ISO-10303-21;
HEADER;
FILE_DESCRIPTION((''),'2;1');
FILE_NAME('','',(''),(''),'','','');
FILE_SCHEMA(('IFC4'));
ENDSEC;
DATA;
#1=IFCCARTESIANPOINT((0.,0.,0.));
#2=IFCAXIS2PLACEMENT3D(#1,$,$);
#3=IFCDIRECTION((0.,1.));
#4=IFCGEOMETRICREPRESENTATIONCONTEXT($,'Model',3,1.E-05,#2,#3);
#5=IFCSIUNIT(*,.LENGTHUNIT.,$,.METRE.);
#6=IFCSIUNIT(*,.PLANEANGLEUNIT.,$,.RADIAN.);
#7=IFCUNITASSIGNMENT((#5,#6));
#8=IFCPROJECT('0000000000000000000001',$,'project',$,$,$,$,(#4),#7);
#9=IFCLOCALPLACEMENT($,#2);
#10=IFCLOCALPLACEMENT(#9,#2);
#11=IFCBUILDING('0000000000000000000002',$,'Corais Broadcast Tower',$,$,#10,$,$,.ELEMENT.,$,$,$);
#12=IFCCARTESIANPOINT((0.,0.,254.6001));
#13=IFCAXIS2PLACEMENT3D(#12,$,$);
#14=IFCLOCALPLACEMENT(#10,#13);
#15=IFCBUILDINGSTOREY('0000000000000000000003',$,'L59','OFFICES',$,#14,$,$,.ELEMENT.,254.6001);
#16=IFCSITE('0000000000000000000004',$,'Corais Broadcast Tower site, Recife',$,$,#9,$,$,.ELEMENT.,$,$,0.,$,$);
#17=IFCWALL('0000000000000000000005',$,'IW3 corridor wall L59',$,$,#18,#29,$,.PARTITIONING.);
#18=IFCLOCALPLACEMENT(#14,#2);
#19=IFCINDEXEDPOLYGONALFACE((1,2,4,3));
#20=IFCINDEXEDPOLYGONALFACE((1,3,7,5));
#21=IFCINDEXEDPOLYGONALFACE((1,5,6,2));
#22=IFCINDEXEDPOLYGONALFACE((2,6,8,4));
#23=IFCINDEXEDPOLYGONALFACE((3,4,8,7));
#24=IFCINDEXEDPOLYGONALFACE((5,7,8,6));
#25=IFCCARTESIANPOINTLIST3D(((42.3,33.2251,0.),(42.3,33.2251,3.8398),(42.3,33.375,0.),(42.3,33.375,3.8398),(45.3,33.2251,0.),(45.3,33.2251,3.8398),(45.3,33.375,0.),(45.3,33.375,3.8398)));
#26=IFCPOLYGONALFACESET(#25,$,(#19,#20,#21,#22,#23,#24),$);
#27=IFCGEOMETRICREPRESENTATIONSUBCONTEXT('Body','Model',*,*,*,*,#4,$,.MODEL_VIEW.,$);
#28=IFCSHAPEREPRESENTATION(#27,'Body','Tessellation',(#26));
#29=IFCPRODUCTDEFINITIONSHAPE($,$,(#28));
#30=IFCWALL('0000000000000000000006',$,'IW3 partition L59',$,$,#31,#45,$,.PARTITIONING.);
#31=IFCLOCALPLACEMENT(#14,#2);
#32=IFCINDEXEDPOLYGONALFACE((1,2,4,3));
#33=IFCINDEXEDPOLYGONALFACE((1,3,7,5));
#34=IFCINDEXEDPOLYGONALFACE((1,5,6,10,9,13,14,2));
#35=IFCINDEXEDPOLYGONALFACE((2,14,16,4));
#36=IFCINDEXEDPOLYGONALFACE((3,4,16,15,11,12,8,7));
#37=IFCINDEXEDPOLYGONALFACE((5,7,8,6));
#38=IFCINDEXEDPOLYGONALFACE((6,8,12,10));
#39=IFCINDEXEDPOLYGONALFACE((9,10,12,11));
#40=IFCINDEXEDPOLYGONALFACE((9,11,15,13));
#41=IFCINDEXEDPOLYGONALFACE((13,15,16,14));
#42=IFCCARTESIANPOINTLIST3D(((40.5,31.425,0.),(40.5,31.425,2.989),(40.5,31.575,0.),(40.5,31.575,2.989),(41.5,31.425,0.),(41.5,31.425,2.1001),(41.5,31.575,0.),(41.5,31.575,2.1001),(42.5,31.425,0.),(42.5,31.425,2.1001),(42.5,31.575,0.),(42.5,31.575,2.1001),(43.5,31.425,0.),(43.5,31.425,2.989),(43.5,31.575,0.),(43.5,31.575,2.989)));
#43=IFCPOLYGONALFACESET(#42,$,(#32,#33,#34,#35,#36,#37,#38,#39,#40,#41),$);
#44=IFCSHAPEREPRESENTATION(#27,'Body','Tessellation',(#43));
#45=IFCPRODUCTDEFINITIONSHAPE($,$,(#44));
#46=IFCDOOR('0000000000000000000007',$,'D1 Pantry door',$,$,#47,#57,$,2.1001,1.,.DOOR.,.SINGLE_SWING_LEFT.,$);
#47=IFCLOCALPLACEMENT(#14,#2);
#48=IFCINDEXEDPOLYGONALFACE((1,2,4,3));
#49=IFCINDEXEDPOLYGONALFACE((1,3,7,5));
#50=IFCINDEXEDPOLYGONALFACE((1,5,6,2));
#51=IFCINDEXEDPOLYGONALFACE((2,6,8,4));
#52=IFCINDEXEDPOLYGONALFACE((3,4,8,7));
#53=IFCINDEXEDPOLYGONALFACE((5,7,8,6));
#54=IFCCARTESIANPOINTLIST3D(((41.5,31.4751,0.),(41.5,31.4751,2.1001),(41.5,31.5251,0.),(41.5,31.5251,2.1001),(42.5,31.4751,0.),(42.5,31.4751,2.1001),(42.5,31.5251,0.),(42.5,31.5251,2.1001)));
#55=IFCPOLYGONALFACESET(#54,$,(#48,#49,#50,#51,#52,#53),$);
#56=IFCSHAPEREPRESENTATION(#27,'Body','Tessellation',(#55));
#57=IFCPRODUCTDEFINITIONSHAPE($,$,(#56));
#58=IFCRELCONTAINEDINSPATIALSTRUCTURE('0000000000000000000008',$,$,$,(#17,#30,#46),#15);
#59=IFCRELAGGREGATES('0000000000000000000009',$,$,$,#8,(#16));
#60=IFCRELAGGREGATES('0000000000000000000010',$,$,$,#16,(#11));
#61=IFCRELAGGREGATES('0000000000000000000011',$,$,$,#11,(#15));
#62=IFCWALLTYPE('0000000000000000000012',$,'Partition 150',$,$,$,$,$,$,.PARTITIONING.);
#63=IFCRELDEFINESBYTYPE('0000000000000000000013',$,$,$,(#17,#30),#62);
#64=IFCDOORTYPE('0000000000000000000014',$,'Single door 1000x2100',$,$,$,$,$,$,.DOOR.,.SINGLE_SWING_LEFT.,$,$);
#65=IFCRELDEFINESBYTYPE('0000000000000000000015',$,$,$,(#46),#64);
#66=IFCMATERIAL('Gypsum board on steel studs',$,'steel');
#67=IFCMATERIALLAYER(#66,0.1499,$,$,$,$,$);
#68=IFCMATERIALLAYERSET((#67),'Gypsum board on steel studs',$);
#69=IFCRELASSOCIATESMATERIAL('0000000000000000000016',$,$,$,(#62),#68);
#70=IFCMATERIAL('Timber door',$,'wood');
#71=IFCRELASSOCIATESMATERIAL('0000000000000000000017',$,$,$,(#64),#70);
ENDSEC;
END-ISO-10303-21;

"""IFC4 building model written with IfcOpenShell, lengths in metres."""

from ifc_helpers import new_model, si_unit, direction, frame, frame_2d, origin, place, context, subcontext, project, spatial, rectangle, extrude, material, layer, layer_set, type_object, element, fill, save


model = new_model("IFC4")

# Units and contexts
model_context = context("Model", 3, precision=1e-05, world=origin(), true_north=direction((0.0, 1.0)))
body_context = subcontext(model_context, "Body", "Model", "MODEL_VIEW")
ifc_project = project(units=[si_unit("LENGTHUNIT", "METRE"), si_unit("PLANEANGLEUNIT", "RADIAN")], contexts=[model_context])

# Site, building, storey
site_placement = place(None, origin())
site = spatial("IfcSite", under=ifc_project, at=site_placement, Name="Corais Broadcast Tower site, Recife", CompositionType="ELEMENT", RefElevation=0.0)
building_placement = place(site_placement, origin())
building = spatial("IfcBuilding", under=site, at=building_placement, Name="Corais Broadcast Tower", CompositionType="ELEMENT")
storey_placement = place(building_placement, frame((0.0, 0.0, 254.6001)))
storey = spatial("IfcBuildingStorey", under=building, at=storey_placement, Name="L59", Description="OFFICES", CompositionType="ELEMENT", Elevation=254.6001)

# Wall
ifc_material_1 = material(Name="Gypsum board on steel studs", Category="steel")
ifc_layer_1 = layer(ifc_material_1, 0.1499)
ifc_layer_set_1 = layer_set([ifc_layer_1], Name="Gypsum board on steel studs")
wall_type = type_object("IfcWallType", Name="Partition 150", PredefinedType="PARTITIONING", material=ifc_layer_set_1)
wall_1_placement = place(storey_placement, frame((45.3, 33.3, 0.0), z_axis=(0.0, 0.0, 1.0), x_axis=(-1.0, 0.0, 0.0)))
element("IfcWall", 1, at=wall_1_placement, inside=storey, type_object=wall_type, Name="IW3 corridor wall L59", PredefinedType="PARTITIONING", context=body_context, shape_type="SweptSolid", body=[
    extrude(rectangle(XDim=3.0, YDim=0.1499, at=frame_2d((1.5, 0.0))), origin(), (0.0, 0.0, 1.0), 3.8398),
])

# Wall, opening, door
wall_2_placement = place(storey_placement, frame((43.5, 31.5, 0.0), z_axis=(0.0, 0.0, 1.0), x_axis=(-1.0, 0.0, 0.0)))
wall_2 = element("IfcWall", 2, at=wall_2_placement, inside=storey, type_object=wall_type, Name="IW3 partition L59", PredefinedType="PARTITIONING", context=body_context, shape_type="SweptSolid", body=[
    extrude(rectangle(XDim=3.0, YDim=0.1499, at=frame_2d((1.5, 0.0))), origin(), (0.0, 0.0, 1.0), 2.989),
])
opening_placement = place(wall_2_placement, frame((1.0, 0.0, 0.0)))
opening = element("IfcOpeningElement", 3, at=opening_placement, cuts=wall_2, PredefinedType="OPENING", context=body_context, shape_type="SweptSolid", body=[
    extrude(rectangle(XDim=1.0, YDim=2.1001, at=frame_2d((0.5, 1.05))), frame((0.0, 0.085, 0.0), z_axis=(0.0, -1.0, 0.0), x_axis=(1.0, 0.0, 0.0)), (0.0, 0.0, 1.0), 0.1699),
])
ifc_material_2 = material(Name="Timber door", Category="wood")
door_type = type_object("IfcDoorType", Name="Single door 1000x2100", OperationType="SINGLE_SWING_LEFT", PredefinedType="DOOR", material=ifc_material_2)
door_placement = place(opening_placement, origin())
door = element("IfcDoor", 4, at=door_placement, inside=storey, type_object=door_type, Name="D1 Pantry door", OperationType="SINGLE_SWING_LEFT", OverallHeight=2.1001, OverallWidth=1.0, PredefinedType="DOOR", context=body_context, shape_type="SweptSolid", body=[
    extrude(rectangle(XDim=1.0, YDim=2.1001, at=frame_2d((0.5, 1.05))), frame((0.0, 0.0249, 0.0), z_axis=(0.0, -1.0, 0.0), x_axis=(1.0, 0.0, 0.0)), (0.0, 0.0, 1.0), 0.05),
])
fill(opening, door)

save(model, "model.ifc")
